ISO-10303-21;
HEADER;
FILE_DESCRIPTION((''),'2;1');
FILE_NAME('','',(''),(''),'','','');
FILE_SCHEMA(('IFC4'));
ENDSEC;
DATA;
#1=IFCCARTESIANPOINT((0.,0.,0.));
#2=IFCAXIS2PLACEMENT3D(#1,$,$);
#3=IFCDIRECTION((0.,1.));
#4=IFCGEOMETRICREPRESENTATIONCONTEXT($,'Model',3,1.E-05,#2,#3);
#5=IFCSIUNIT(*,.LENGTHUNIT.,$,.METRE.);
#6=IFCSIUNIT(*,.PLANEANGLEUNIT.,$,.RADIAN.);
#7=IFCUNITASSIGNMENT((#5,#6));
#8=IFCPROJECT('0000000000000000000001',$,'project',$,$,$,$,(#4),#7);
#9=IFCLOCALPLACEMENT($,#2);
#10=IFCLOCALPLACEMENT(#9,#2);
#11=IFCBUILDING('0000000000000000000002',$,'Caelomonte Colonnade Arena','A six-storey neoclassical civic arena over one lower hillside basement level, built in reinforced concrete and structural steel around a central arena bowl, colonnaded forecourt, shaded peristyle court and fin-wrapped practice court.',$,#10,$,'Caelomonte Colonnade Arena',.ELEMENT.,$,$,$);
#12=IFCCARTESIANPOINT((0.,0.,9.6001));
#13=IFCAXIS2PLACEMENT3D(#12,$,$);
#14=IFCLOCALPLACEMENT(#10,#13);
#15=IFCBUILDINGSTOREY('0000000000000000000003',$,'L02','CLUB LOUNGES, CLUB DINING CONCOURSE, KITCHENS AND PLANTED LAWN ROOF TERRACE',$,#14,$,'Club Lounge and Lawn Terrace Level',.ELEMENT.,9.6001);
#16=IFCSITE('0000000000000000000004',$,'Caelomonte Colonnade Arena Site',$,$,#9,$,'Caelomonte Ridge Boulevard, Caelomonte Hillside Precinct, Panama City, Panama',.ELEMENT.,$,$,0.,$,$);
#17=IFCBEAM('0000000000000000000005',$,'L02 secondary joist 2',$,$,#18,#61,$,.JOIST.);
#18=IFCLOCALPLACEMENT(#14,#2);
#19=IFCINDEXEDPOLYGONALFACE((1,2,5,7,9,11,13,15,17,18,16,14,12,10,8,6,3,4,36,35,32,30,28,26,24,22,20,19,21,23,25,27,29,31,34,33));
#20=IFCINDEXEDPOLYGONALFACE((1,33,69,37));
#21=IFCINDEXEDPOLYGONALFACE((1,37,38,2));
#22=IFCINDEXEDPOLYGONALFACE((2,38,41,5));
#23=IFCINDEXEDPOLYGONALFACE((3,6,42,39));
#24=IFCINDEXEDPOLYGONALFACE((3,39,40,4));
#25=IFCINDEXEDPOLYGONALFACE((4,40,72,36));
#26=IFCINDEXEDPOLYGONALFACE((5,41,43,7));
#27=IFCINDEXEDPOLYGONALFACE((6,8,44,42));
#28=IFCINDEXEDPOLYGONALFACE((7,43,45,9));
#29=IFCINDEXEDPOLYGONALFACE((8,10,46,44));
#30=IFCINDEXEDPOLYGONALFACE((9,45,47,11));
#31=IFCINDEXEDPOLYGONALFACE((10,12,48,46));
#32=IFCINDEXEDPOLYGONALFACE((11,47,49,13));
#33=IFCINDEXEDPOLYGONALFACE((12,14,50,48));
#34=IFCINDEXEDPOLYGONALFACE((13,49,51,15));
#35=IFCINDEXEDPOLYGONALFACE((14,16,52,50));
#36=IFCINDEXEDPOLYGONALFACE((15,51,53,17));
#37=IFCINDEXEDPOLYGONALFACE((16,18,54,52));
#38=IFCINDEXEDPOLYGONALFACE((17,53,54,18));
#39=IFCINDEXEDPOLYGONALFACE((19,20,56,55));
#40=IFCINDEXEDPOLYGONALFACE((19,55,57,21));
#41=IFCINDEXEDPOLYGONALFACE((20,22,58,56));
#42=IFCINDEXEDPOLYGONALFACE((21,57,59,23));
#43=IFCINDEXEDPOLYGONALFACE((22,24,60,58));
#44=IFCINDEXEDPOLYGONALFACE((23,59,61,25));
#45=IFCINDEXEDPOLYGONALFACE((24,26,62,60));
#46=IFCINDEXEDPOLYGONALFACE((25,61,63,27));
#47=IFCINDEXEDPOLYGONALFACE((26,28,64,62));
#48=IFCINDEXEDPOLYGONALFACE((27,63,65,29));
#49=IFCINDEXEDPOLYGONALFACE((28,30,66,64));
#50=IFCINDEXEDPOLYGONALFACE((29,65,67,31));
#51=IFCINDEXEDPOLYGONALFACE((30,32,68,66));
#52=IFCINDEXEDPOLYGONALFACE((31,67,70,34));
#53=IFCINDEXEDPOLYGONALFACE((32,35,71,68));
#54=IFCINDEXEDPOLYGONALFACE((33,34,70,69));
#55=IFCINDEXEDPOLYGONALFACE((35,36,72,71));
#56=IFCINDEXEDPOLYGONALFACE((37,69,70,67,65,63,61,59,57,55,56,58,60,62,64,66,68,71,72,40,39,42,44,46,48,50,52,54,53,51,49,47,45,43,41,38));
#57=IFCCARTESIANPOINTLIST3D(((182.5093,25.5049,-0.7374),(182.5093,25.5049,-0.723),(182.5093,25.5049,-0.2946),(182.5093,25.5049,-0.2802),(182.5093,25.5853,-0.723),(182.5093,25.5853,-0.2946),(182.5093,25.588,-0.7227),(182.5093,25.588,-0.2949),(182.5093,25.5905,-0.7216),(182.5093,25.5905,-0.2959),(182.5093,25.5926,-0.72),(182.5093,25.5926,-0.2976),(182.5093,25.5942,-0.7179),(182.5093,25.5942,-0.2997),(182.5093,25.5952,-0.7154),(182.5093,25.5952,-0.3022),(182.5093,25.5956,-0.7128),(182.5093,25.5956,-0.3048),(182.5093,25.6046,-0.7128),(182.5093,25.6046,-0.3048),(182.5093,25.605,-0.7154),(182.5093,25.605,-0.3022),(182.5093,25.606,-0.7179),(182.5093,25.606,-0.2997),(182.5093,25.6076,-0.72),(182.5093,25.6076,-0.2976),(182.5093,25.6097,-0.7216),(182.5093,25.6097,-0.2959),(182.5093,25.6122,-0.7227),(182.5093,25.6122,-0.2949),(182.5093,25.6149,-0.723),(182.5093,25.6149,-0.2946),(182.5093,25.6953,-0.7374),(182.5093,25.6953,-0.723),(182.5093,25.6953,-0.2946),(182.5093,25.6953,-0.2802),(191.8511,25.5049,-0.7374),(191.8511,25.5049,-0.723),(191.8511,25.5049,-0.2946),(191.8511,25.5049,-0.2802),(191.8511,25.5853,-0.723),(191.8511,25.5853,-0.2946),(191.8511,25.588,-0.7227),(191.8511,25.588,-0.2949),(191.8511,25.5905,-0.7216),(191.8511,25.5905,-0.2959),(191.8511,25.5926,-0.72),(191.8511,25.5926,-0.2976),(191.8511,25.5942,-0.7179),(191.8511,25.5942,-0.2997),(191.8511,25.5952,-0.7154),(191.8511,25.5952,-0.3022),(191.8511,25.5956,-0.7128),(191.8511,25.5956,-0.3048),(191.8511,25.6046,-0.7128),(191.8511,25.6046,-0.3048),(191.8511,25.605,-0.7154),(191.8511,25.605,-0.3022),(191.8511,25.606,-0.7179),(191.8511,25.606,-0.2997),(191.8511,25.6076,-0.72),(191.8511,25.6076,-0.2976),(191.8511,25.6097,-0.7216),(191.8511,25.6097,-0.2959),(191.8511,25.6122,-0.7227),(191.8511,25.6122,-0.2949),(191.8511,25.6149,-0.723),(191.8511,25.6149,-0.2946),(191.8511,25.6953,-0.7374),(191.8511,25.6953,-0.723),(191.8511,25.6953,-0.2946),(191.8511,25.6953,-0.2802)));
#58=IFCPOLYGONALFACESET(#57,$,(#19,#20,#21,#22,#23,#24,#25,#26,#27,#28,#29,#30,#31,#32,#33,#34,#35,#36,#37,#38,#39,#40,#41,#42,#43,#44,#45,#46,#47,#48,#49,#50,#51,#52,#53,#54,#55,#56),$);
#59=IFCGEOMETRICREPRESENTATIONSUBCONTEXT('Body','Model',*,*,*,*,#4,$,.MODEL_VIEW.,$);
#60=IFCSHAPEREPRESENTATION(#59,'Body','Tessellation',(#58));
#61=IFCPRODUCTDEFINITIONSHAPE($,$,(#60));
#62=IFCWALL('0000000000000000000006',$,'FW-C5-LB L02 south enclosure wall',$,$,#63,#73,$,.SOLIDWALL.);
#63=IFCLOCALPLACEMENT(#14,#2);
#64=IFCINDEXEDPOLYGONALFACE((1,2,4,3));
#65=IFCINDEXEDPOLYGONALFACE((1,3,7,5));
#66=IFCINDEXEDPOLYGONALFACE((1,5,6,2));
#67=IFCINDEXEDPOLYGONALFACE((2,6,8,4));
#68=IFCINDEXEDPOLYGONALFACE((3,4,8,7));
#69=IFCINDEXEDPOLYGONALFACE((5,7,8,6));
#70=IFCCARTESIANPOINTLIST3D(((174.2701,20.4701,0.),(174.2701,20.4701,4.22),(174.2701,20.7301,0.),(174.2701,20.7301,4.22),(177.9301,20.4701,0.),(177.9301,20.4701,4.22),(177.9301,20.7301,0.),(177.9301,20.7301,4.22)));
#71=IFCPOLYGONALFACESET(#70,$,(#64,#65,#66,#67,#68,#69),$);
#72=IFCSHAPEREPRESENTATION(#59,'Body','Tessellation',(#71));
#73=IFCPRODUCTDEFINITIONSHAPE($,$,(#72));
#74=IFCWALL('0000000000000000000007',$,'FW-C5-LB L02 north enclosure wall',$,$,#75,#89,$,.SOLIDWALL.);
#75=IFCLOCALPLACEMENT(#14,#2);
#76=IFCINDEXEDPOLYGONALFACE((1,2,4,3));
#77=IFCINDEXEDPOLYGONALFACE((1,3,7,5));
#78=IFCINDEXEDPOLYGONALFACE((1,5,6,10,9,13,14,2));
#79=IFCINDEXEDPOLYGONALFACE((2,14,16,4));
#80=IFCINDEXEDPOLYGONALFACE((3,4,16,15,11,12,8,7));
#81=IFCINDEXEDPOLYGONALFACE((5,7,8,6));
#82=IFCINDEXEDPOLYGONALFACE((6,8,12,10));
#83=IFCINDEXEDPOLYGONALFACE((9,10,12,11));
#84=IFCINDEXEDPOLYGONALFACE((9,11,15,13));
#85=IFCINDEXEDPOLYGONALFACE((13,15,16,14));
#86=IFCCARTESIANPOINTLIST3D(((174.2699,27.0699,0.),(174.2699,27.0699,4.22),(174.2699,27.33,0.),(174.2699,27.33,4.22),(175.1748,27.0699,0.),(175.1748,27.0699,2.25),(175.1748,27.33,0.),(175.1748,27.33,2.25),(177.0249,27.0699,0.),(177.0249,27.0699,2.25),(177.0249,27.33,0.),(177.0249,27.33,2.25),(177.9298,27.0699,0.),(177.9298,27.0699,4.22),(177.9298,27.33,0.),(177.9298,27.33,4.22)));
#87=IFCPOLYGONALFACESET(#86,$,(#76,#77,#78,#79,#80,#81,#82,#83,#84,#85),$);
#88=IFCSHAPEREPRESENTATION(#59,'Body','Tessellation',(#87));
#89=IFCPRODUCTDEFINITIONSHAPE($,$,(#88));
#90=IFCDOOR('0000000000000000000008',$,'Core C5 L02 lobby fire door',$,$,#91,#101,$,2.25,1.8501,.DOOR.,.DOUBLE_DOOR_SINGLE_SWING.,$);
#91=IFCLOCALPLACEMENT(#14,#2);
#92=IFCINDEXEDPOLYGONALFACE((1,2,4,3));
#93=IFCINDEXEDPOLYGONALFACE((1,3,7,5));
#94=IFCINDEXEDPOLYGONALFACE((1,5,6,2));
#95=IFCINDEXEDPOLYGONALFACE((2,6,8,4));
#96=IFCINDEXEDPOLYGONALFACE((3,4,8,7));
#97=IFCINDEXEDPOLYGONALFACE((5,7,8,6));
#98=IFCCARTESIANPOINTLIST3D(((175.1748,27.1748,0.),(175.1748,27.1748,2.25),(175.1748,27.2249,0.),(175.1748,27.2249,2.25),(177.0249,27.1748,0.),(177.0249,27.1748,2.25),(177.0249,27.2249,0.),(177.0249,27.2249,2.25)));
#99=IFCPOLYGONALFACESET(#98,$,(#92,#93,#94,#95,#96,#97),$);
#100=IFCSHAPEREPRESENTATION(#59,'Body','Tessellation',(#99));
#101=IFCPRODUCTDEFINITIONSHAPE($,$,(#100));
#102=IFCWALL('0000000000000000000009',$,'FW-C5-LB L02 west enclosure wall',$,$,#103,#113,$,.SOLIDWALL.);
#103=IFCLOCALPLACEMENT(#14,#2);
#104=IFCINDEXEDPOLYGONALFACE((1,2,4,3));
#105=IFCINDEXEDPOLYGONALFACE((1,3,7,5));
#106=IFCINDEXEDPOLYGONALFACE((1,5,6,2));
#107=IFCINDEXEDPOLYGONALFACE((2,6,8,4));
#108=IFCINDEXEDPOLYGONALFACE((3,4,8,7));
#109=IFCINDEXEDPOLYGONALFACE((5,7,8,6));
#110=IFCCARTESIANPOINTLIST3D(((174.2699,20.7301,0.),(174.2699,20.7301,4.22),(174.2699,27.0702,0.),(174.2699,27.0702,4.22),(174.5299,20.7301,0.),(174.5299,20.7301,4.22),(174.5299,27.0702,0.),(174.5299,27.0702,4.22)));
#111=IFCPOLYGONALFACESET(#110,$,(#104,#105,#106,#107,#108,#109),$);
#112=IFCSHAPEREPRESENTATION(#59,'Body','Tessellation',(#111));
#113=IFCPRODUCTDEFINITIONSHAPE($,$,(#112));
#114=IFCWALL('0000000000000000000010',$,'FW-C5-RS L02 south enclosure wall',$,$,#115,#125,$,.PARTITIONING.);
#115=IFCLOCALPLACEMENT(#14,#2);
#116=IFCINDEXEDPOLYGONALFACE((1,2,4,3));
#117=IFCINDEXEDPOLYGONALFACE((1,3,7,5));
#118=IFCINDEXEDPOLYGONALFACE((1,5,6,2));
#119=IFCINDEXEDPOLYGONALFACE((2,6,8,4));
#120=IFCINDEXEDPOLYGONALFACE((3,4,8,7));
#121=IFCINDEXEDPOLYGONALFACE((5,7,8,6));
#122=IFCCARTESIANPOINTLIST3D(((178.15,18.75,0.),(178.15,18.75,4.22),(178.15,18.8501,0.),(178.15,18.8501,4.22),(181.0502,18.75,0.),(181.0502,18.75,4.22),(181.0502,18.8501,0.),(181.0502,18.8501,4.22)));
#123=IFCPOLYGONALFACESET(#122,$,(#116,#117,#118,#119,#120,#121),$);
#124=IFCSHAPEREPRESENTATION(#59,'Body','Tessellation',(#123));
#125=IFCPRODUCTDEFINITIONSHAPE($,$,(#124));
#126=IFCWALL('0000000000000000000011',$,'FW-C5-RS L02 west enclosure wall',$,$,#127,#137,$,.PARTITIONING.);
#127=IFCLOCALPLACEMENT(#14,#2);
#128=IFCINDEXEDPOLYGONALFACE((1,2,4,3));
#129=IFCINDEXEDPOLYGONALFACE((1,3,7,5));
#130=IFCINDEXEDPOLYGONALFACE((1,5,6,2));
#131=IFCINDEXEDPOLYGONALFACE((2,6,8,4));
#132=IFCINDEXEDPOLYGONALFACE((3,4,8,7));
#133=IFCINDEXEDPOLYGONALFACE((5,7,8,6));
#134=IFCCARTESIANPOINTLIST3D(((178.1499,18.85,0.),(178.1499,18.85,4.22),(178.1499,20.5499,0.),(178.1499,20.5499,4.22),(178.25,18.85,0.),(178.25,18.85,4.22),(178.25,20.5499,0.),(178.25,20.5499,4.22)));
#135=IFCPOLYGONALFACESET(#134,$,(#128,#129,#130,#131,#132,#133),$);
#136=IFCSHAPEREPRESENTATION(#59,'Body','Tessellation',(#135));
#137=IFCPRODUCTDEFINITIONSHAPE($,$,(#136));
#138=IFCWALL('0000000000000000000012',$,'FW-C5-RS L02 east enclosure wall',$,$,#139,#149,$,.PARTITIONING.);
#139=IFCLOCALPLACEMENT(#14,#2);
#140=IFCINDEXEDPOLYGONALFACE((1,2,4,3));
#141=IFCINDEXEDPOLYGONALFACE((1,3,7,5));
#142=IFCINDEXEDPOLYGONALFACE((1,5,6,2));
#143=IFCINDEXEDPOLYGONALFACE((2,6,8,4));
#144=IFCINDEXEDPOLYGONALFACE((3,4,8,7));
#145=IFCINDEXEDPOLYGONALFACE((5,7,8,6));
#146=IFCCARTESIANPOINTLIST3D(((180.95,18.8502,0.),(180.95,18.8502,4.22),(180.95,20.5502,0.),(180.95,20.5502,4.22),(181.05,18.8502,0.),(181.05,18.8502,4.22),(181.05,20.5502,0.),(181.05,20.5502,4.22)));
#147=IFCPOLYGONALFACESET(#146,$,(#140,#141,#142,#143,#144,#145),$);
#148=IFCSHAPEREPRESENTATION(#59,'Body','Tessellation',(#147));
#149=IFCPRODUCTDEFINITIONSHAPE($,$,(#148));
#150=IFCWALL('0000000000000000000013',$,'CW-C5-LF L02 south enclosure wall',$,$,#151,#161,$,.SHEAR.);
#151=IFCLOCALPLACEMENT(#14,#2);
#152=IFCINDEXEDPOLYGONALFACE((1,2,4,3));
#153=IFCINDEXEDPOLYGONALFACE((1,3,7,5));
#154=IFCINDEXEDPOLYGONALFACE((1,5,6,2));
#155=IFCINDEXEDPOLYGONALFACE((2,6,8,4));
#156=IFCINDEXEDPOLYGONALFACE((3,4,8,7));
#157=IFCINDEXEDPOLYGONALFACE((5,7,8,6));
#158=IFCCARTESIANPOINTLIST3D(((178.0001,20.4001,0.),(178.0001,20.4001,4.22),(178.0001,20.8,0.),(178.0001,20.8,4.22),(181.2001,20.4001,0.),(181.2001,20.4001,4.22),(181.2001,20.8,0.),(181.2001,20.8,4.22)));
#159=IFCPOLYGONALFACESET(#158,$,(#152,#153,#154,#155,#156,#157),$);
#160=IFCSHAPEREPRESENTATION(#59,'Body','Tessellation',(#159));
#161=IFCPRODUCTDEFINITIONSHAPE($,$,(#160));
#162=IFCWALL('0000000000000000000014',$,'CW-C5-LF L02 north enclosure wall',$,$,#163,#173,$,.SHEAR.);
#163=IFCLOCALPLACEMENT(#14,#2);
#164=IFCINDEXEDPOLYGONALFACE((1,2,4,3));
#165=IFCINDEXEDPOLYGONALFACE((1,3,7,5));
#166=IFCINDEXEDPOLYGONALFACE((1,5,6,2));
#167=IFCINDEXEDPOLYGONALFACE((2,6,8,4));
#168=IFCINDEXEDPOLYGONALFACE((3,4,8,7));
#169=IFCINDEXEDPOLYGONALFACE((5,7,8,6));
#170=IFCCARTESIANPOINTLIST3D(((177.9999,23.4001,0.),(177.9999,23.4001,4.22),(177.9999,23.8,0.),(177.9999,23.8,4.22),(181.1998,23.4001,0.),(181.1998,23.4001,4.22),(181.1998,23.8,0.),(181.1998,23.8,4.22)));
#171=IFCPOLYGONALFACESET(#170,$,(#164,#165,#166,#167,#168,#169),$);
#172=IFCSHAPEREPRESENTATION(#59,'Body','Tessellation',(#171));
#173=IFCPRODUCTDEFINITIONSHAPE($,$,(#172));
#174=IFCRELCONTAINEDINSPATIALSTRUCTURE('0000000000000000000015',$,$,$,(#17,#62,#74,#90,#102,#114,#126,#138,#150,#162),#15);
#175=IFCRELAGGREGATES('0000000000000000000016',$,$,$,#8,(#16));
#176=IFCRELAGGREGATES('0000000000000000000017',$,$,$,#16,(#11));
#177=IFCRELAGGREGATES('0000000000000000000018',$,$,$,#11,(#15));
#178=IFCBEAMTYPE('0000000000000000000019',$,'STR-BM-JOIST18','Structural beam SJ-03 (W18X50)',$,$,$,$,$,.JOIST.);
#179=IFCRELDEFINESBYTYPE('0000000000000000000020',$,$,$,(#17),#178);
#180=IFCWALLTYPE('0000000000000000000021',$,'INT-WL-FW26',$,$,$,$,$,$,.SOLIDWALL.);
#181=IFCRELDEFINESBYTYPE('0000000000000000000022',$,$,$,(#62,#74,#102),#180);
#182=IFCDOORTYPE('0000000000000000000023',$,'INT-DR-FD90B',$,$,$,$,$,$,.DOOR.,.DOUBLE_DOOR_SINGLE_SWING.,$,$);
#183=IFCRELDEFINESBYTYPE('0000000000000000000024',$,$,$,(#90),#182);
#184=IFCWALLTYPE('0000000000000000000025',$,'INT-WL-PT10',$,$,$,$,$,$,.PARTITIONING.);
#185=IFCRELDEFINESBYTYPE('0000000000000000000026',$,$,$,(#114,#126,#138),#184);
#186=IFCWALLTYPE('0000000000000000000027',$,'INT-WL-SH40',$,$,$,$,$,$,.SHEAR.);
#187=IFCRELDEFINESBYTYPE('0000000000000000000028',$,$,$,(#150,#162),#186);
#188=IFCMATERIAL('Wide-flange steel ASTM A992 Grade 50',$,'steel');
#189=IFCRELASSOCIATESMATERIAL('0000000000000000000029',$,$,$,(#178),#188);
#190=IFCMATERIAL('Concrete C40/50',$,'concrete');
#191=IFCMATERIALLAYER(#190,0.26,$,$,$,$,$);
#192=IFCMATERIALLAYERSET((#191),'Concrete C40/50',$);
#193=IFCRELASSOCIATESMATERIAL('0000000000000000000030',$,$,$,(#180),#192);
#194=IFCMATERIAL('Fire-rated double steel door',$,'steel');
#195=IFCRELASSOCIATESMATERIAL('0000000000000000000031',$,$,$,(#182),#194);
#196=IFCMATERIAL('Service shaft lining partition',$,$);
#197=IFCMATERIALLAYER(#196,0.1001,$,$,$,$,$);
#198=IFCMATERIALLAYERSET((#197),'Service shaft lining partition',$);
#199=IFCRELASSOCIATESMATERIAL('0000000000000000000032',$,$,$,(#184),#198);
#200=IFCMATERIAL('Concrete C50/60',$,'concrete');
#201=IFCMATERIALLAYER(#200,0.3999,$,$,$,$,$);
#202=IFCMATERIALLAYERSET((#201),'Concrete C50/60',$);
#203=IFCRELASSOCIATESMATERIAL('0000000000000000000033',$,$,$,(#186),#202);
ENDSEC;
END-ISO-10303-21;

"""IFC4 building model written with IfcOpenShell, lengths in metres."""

from ifc_helpers import new_model, si_unit, direction, frame, frame_2d, origin, origin_2d, place, context, subcontext, project, spatial, rectangle, i_section, extrude, material, layer, layer_set, material_profile, profile_set, type_object, element, fill, save


model = new_model("IFC4")

# Units and contexts
model_context = context("Model", 3, precision=1e-05, world=origin(), true_north=direction((0.0, 1.0)))
body_context = subcontext(model_context, "Body", "Model", "MODEL_VIEW")
ifc_project = project(units=[si_unit("LENGTHUNIT", "METRE"), si_unit("PLANEANGLEUNIT", "RADIAN")], contexts=[model_context])

# Site, building, storey
site_placement = place(None, origin())
site = spatial("IfcSite", under=ifc_project, at=site_placement, Name="Caelomonte Colonnade Arena Site", LongName="Caelomonte Ridge Boulevard, Caelomonte Hillside Precinct, Panama City, Panama", CompositionType="ELEMENT", RefElevation=0.0)
building_placement = place(site_placement, origin())
building = spatial("IfcBuilding", under=site, at=building_placement, Name="Caelomonte Colonnade Arena", Description="A six-storey neoclassical civic arena over one lower hillside basement level, built in reinforced concrete and structural steel around a central arena bowl, colonnaded forecourt, shaded peristyle court and fin-wrapped practice court.", LongName="Caelomonte Colonnade Arena", CompositionType="ELEMENT")
storey_placement = place(building_placement, frame((0.0, 0.0, 9.6001)))
storey = spatial("IfcBuildingStorey", under=building, at=storey_placement, Name="L02", Description="CLUB LOUNGES, CLUB DINING CONCOURSE, KITCHENS AND PLANTED LAWN ROOF TERRACE", LongName="Club Lounge and Lawn Terrace Level", CompositionType="ELEMENT", Elevation=9.6001)

# Shared definitions
ifc_material_1 = material(Name="Concrete C40/50", Category="concrete")

# Beam
ifc_material_2 = material(Name="Wide-flange steel ASTM A992 Grade 50", Category="steel")
ifc_material_profile_1 = material_profile(ifc_material_2, i_section(OverallWidth=0.1904, OverallDepth=0.4573, WebThickness=0.009, FlangeThickness=0.0144, FilletRadius=0.0103, at=origin_2d()), Name="W18X50")
ifc_profile_set_1 = profile_set([ifc_material_profile_1], Name="Wide-flange steel ASTM A992 Grade 50")
beam_type_1 = type_object("IfcBeamType", Name="STR-BM-JOIST18", Description="Structural beam SJ-03 (W18X50)", PredefinedType="JOIST", material=ifc_profile_set_1)
for number, where, z_axis, x_axis, name in (
    (1, (182.5093, 25.6001, -0.5088), (1.0, 0.0, 0.0), (0.0, 1.0, 0.0), "L02 secondary joist 2"),
):
    element("IfcBeam", number, at=place(storey_placement, frame(where, z_axis=z_axis, x_axis=x_axis)), inside=storey, type_object=beam_type_1, Name=name, PredefinedType="JOIST", context=body_context, shape_type="SweptSolid", body=[
        extrude(i_section(OverallWidth=0.1904, OverallDepth=0.4573, WebThickness=0.009, FlangeThickness=0.0144, FilletRadius=0.0103, at=origin_2d()), origin(), (0.0, 0.0, 1.0), 9.3418),
    ])

# Wall
ifc_layer_1 = layer(ifc_material_1, 0.26)
ifc_layer_set_1 = layer_set([ifc_layer_1], Name="Concrete C40/50")
wall_type_1 = type_object("IfcWallType", Name="INT-WL-FW26", PredefinedType="SOLIDWALL", material=ifc_layer_set_1)
wall_1_placement = place(storey_placement, frame((174.27, 20.6001, 0.0), z_axis=(0.0, 0.0, 1.0), x_axis=(1.0, 0.0, 0.0)))
element("IfcWall", 2, at=wall_1_placement, inside=storey, type_object=wall_type_1, Name="FW-C5-LB L02 south enclosure wall", PredefinedType="SOLIDWALL", context=body_context, shape_type="SweptSolid", body=[
    extrude(rectangle(XDim=3.6599, YDim=0.26, at=frame_2d((1.8301, 0.0))), origin(), (0.0, 0.0, 1.0), 4.22),
])

# Wall, opening, door
wall_2_placement = place(storey_placement, frame((177.9299, 27.2, 0.0), z_axis=(0.0, 0.0, 1.0), x_axis=(-1.0, 0.0, 0.0)))
wall_2 = element("IfcWall", 3, at=wall_2_placement, inside=storey, type_object=wall_type_1, Name="FW-C5-LB L02 north enclosure wall", PredefinedType="SOLIDWALL", context=body_context, shape_type="SweptSolid", body=[
    extrude(rectangle(XDim=3.6599, YDim=0.26, at=frame_2d((1.8301, 0.0))), origin(), (0.0, 0.0, 1.0), 4.22),
])
opening_1_placement = place(wall_2_placement, frame((2.7551, 0.0, 0.0), z_axis=(0.0, 0.0, 1.0), x_axis=(-1.0, 0.0, 0.0)))
opening_1 = element("IfcOpeningElement", 4, at=opening_1_placement, cuts=wall_2, PredefinedType="OPENING", context=body_context, shape_type="SweptSolid", body=[
    extrude(rectangle(XDim=1.8501, YDim=2.25, at=frame_2d((0.925, 1.125))), frame((0.0, 0.1399, 0.0), z_axis=(0.0, -1.0, 0.0), x_axis=(1.0, 0.0, 0.0)), (0.0, 0.0, 1.0), 0.28),
])
ifc_material_3 = material(Name="Fire-rated double steel door", Category="steel")
door_type_1 = type_object("IfcDoorType", Name="INT-DR-FD90B", OperationType="DOUBLE_DOOR_SINGLE_SWING", PredefinedType="DOOR", material=ifc_material_3)
door_1_placement = place(opening_1_placement, origin())
door_1 = element("IfcDoor", 5, at=door_1_placement, inside=storey, type_object=door_type_1, Name="Core C5 L02 lobby fire door", OperationType="DOUBLE_DOOR_SINGLE_SWING", OverallHeight=2.25, OverallWidth=1.8501, PredefinedType="DOOR", context=body_context, shape_type="SweptSolid", body=[
    extrude(rectangle(XDim=1.8501, YDim=2.25, at=frame_2d((0.925, 1.125))), frame((0.0, 0.0249, 0.0), z_axis=(0.0, -1.0, 0.0), x_axis=(1.0, 0.0, 0.0)), (0.0, 0.0, 1.0), 0.05),
])
fill(opening_1, door_1)

# Walls
wall_3_placement = place(storey_placement, frame((174.3999, 27.0701, 0.0), z_axis=(0.0, 0.0, 1.0), x_axis=(0.0, -1.0, 0.0)))
element("IfcWall", 6, at=wall_3_placement, inside=storey, type_object=wall_type_1, Name="FW-C5-LB L02 west enclosure wall", PredefinedType="SOLIDWALL", context=body_context, shape_type="SweptSolid", body=[
    extrude(rectangle(XDim=6.3401, YDim=0.26, at=frame_2d((3.1699, 0.0))), origin(), (0.0, 0.0, 1.0), 4.22),
])
ifc_material_4 = material(Name="Service shaft lining partition")
ifc_layer_2 = layer(ifc_material_4, 0.1001)
ifc_layer_set_2 = layer_set([ifc_layer_2], Name="Service shaft lining partition")
wall_type_2 = type_object("IfcWallType", Name="INT-WL-PT10", PredefinedType="PARTITIONING", material=ifc_layer_set_2)
wall_4_placement = place(storey_placement, frame((178.1499, 18.8, 0.0), z_axis=(0.0, 0.0, 1.0), x_axis=(1.0, 0.0, 0.0)))
element("IfcWall", 7, at=wall_4_placement, inside=storey, type_object=wall_type_2, Name="FW-C5-RS L02 south enclosure wall", PredefinedType="PARTITIONING", context=body_context, shape_type="SweptSolid", body=[
    extrude(rectangle(XDim=2.9001, YDim=0.1001, at=frame_2d((1.4502, 0.0))), origin(), (0.0, 0.0, 1.0), 4.22),
])
for number, where, z_axis, x_axis, name in (
    (8, (178.2, 20.55, 0.0), (0.0, 0.0, 1.0), (0.0, -1.0, 0.0), "FW-C5-RS L02 west enclosure wall"),
    (9, (181.0, 18.8501, 0.0), (0.0, 0.0, 1.0), (0.0, 1.0, 0.0), "FW-C5-RS L02 east enclosure wall"),
):
    element("IfcWall", number, at=place(storey_placement, frame(where, z_axis=z_axis, x_axis=x_axis)), inside=storey, type_object=wall_type_2, Name=name, PredefinedType="PARTITIONING", context=body_context, shape_type="SweptSolid", body=[
        extrude(rectangle(XDim=1.7, YDim=0.1001, at=frame_2d((0.8501, 0.0))), origin(), (0.0, 0.0, 1.0), 4.22),
    ])
ifc_material_5 = material(Name="Concrete C50/60", Category="concrete")
ifc_layer_3 = layer(ifc_material_5, 0.3999)
ifc_layer_set_3 = layer_set([ifc_layer_3], Name="Concrete C50/60")
wall_type_3 = type_object("IfcWallType", Name="INT-WL-SH40", PredefinedType="SHEAR", material=ifc_layer_set_3)
for number, where, z_axis, x_axis, name in (
    (10, (178.0, 20.6001, 0.0), (0.0, 0.0, 1.0), (1.0, 0.0, 0.0), "CW-C5-LF L02 south enclosure wall"),
    (11, (181.2, 23.6001, 0.0), (0.0, 0.0, 1.0), (-1.0, 0.0, 0.0), "CW-C5-LF L02 north enclosure wall"),
):
    element("IfcWall", number, at=place(storey_placement, frame(where, z_axis=z_axis, x_axis=x_axis)), inside=storey, type_object=wall_type_3, Name=name, PredefinedType="SHEAR", context=body_context, shape_type="SweptSolid", body=[
        extrude(rectangle(XDim=3.2, YDim=0.3999, at=frame_2d((1.6001, 0.0))), origin(), (0.0, 0.0, 1.0), 4.22),
    ])

save(model, "model.ifc")
